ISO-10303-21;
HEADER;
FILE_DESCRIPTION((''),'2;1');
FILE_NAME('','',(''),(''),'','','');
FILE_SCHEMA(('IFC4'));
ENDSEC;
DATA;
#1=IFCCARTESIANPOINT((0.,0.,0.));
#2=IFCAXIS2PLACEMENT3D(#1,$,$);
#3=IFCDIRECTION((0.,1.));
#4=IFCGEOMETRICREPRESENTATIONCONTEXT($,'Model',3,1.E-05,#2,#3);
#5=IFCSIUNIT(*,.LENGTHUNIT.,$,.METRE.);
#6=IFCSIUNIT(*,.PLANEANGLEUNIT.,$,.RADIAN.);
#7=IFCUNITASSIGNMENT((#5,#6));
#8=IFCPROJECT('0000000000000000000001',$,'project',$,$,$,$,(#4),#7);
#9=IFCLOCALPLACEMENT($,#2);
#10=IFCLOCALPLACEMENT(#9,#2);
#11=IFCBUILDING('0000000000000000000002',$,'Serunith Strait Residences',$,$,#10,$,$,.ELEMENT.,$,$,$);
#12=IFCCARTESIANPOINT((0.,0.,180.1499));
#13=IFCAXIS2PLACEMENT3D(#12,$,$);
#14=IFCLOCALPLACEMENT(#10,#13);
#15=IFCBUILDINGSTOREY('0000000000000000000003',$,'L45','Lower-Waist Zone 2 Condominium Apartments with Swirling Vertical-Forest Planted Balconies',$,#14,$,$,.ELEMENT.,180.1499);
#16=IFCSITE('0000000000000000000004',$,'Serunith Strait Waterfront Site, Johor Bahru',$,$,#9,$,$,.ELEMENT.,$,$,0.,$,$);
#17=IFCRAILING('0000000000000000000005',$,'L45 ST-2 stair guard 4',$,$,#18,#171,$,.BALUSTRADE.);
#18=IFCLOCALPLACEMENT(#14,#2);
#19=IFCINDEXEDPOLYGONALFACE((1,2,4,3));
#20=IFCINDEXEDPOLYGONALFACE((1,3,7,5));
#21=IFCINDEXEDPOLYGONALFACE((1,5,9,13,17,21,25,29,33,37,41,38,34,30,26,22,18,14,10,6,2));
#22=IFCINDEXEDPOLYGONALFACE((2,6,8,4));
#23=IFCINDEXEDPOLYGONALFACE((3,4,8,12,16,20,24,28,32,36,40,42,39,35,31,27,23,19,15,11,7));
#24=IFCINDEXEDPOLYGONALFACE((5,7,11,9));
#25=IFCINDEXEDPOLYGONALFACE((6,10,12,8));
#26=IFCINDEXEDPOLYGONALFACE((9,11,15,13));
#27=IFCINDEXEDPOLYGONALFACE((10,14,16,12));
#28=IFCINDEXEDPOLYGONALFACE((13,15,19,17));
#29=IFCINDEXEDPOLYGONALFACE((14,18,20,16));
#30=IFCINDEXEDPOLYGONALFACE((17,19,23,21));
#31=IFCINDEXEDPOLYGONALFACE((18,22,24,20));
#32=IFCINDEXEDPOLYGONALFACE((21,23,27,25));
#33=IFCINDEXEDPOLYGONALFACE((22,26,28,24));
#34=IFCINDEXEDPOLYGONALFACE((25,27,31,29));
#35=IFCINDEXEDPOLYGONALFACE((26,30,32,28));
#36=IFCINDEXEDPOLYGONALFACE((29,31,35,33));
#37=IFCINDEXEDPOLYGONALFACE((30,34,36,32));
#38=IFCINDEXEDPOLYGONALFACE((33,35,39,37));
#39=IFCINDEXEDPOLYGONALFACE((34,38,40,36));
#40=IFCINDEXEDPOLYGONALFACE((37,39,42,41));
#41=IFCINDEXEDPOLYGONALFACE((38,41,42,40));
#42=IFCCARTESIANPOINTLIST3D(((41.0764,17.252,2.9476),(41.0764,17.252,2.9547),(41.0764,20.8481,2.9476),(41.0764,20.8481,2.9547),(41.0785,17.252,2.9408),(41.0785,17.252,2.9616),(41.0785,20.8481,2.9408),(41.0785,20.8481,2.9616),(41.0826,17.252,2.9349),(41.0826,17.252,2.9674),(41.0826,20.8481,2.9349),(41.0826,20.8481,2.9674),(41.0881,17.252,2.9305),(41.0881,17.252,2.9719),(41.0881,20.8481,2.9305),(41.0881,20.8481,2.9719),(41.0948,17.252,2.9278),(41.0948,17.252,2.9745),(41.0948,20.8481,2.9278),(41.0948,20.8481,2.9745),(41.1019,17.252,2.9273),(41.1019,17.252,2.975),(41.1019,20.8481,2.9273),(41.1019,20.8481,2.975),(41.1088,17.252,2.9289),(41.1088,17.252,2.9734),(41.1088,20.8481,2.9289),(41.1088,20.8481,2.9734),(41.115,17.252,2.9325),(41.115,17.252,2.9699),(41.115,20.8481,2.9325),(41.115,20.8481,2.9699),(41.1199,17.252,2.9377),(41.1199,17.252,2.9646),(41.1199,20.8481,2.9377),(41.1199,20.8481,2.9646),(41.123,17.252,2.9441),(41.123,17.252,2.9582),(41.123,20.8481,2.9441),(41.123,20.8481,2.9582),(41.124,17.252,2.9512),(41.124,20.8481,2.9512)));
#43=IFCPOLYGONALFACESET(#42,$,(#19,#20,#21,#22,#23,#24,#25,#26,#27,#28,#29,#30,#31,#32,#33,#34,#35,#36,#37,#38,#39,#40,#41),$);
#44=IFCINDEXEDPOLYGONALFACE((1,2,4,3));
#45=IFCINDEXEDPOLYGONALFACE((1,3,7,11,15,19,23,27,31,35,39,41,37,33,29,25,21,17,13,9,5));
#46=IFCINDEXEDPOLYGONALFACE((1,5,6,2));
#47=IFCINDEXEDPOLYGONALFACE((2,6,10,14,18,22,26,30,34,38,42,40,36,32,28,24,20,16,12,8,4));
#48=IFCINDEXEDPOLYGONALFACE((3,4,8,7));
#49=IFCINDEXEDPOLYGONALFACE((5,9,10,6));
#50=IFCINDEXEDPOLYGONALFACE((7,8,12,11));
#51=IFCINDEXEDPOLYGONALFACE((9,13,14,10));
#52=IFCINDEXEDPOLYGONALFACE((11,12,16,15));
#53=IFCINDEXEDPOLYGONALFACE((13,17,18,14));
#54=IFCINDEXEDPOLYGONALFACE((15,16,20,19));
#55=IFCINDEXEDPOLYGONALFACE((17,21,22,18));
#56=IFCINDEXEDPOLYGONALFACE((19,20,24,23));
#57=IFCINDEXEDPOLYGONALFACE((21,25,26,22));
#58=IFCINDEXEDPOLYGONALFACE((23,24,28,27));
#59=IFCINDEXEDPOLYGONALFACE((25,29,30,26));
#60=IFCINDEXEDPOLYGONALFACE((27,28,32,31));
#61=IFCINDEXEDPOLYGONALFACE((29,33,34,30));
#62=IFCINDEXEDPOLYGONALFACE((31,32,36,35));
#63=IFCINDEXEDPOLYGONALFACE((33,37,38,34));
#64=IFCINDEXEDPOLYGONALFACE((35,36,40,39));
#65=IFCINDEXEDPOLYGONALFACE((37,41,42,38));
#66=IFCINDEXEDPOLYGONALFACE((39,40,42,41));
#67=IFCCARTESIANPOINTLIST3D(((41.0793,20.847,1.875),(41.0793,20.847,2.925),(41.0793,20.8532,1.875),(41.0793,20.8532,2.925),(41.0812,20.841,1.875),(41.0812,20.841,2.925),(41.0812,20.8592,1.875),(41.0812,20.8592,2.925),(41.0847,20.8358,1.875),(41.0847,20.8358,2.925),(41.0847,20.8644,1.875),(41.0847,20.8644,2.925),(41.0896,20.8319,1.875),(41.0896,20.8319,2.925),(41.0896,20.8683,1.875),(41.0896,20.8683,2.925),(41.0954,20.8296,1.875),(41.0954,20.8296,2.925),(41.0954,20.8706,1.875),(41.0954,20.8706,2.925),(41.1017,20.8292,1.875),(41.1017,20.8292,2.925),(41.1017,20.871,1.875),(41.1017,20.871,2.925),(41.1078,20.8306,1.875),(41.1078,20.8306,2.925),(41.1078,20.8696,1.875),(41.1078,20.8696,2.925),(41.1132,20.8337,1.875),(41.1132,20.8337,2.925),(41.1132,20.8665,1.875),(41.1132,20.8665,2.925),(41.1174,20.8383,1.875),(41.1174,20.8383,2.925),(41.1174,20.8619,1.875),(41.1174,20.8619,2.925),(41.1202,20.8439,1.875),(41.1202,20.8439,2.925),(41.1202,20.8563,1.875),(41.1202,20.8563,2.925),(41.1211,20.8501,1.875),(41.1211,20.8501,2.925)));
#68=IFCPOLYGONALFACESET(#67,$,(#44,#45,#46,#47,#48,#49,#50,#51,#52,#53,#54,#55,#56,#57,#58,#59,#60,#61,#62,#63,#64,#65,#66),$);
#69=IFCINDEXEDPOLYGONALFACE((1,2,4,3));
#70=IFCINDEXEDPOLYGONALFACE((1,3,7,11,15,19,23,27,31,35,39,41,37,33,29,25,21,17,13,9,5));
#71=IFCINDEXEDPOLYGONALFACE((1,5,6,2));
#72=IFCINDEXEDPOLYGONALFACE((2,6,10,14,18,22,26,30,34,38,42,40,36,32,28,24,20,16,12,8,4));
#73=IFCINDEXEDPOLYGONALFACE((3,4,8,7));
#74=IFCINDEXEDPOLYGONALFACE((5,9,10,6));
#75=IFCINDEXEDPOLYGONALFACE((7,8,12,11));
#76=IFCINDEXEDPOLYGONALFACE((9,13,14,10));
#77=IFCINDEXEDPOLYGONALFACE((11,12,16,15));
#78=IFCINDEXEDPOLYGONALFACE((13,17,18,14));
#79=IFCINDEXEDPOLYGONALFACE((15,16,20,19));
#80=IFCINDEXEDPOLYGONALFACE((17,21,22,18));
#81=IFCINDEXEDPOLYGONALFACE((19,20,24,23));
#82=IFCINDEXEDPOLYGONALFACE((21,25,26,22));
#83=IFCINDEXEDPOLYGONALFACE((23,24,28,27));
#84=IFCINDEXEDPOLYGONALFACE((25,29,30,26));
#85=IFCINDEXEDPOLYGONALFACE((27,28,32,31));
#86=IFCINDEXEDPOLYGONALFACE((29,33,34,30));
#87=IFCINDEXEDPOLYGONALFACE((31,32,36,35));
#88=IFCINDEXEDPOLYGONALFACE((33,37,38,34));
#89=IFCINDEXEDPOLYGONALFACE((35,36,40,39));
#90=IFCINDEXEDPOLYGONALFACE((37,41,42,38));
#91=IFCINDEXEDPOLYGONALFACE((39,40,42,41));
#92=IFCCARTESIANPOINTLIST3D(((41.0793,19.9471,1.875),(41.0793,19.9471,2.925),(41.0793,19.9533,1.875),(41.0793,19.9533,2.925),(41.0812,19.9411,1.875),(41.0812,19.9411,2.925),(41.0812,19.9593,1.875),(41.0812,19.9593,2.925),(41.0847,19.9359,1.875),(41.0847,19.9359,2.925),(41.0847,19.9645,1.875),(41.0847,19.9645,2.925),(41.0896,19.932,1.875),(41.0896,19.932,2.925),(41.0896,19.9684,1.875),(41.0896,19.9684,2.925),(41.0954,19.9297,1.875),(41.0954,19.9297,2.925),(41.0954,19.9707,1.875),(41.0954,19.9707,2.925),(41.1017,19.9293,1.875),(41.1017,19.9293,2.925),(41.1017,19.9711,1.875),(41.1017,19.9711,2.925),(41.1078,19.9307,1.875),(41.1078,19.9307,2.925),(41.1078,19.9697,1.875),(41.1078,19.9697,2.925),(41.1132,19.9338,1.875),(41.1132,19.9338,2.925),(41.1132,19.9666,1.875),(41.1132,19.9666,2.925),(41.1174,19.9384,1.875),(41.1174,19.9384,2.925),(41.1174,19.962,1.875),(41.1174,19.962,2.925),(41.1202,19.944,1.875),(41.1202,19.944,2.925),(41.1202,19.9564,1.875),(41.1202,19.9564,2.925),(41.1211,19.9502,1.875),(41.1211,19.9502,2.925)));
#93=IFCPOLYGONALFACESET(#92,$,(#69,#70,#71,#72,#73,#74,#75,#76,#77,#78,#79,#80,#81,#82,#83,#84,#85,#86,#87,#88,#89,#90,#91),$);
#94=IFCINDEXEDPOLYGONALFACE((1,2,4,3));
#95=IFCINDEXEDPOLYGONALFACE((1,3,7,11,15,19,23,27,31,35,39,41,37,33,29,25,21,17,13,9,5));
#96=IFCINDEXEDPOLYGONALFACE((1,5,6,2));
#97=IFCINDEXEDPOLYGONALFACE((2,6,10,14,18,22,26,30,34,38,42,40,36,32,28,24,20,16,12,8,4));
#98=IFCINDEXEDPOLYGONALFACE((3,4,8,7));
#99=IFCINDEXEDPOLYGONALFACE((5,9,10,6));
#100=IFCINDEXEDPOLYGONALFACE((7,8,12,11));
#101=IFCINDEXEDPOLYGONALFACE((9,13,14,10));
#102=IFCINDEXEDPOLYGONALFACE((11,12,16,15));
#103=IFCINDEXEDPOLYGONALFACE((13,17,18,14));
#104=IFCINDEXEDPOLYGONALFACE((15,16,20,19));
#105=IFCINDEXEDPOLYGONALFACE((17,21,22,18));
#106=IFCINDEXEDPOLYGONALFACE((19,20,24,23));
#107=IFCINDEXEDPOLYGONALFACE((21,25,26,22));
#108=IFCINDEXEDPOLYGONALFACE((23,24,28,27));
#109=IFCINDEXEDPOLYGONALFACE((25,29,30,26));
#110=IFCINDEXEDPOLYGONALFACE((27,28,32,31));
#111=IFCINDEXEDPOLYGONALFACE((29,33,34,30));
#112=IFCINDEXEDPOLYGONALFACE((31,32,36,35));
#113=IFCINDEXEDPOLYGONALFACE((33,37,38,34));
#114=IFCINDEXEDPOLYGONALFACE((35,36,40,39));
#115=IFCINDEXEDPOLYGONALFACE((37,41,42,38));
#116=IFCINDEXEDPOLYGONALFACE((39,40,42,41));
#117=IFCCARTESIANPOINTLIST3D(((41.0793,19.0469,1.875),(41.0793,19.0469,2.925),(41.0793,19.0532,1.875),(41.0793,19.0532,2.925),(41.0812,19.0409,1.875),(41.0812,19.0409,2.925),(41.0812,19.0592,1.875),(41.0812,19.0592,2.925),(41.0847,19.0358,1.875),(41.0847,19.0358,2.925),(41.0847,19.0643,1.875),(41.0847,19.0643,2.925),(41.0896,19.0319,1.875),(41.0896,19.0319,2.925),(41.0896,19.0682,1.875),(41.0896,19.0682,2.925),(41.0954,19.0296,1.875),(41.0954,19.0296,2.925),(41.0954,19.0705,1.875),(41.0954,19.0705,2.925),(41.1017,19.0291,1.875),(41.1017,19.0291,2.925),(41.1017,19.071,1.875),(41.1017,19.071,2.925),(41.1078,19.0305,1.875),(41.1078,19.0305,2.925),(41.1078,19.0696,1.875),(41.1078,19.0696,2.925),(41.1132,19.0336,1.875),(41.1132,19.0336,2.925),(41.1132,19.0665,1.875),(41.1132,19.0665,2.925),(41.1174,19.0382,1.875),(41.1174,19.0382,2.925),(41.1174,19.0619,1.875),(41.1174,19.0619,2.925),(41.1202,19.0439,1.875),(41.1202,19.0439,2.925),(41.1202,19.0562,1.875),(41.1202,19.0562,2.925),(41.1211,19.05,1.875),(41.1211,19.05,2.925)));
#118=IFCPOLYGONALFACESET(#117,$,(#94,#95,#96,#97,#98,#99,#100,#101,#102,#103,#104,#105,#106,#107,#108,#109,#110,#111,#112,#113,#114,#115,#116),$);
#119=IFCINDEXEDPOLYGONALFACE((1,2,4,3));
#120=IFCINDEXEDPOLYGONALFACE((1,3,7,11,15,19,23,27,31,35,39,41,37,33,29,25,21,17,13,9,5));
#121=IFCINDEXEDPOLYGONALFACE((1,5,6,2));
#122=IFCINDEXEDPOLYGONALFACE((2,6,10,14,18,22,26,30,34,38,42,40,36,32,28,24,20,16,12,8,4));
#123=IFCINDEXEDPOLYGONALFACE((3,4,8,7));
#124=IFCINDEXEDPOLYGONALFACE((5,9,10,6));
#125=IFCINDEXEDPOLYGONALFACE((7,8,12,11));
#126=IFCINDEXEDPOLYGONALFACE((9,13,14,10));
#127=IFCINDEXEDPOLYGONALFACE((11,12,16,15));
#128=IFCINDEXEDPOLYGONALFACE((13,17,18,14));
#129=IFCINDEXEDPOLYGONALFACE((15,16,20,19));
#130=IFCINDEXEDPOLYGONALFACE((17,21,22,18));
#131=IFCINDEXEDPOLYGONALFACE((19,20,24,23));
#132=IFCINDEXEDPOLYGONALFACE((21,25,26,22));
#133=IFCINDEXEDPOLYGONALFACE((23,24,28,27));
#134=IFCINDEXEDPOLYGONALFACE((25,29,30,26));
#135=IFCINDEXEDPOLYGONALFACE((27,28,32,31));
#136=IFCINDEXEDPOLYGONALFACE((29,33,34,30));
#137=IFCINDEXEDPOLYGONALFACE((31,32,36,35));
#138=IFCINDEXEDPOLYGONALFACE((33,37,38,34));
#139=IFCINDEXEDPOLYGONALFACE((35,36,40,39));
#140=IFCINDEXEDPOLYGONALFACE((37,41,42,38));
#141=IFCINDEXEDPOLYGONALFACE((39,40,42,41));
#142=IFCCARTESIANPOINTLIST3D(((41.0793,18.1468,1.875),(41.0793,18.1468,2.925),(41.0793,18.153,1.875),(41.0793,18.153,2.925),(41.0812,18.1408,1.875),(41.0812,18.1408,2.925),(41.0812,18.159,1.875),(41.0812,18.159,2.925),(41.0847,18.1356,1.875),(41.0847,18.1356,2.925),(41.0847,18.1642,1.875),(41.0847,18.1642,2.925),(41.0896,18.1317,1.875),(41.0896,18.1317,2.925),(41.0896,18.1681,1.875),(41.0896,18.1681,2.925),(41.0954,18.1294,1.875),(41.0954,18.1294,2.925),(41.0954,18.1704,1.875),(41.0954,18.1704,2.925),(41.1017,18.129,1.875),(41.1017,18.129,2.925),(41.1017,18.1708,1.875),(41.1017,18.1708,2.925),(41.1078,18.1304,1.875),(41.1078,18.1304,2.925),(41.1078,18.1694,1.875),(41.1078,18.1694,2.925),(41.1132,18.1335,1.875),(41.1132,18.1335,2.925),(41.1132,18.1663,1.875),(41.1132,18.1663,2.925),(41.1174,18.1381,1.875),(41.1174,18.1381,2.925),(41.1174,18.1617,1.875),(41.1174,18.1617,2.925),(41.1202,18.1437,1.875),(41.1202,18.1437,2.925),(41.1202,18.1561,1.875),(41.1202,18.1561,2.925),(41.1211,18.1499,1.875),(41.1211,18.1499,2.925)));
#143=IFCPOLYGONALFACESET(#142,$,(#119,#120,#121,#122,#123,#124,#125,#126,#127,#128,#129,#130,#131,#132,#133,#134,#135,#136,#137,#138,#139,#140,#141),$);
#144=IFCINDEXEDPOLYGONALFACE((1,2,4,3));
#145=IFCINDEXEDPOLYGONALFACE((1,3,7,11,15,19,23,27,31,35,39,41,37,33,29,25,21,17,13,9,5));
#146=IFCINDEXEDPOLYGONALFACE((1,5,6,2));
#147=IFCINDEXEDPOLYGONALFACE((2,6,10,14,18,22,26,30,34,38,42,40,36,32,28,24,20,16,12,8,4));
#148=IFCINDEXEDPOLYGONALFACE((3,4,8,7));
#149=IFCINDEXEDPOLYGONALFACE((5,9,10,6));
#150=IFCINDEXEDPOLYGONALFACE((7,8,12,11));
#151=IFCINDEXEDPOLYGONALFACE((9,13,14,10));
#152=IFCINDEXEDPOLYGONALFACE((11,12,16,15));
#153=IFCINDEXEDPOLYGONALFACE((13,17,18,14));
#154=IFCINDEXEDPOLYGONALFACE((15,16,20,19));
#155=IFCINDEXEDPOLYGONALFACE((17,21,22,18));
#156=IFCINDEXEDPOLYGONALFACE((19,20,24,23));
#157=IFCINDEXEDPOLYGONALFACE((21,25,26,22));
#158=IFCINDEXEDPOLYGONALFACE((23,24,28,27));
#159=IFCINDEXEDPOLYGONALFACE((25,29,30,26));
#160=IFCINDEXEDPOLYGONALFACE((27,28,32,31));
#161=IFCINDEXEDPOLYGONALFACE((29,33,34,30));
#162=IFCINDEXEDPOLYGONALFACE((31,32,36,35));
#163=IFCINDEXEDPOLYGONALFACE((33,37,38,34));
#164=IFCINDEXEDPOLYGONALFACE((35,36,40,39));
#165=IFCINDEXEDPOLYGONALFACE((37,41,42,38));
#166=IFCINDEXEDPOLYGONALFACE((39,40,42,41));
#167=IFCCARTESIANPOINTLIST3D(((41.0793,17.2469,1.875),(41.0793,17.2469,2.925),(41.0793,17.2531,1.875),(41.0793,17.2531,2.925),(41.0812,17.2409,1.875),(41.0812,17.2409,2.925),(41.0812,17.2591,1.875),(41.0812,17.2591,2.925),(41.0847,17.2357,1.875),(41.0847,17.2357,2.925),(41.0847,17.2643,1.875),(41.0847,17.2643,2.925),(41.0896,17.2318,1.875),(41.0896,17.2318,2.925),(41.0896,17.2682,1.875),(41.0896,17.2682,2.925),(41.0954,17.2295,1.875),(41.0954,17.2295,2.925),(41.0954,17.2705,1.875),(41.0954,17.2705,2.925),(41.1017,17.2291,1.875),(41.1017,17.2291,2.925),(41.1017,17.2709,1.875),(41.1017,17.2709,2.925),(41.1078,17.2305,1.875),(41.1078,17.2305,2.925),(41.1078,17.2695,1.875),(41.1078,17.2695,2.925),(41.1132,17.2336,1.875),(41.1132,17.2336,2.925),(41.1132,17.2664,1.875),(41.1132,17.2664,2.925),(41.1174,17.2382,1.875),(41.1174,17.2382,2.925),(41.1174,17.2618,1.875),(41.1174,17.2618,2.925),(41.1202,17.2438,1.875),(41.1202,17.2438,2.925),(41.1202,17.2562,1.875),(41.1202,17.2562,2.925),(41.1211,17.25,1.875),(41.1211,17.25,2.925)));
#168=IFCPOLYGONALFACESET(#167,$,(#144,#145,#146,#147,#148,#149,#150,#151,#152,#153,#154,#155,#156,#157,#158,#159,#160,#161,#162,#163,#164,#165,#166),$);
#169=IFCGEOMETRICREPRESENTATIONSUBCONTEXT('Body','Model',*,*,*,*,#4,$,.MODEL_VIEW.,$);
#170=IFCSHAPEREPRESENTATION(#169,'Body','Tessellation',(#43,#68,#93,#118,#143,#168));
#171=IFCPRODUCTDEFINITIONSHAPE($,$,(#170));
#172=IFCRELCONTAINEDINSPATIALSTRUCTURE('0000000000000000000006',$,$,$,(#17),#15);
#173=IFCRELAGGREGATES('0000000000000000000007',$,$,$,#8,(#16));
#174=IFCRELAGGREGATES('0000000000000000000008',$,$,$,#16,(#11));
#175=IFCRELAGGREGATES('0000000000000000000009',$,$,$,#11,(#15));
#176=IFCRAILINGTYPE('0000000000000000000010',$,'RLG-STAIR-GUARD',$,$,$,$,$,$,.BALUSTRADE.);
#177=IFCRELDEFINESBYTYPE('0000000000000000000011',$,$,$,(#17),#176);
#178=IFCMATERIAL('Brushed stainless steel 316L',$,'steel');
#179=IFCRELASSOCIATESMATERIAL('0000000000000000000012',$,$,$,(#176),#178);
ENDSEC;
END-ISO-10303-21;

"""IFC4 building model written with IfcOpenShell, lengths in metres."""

from ifc_helpers import new_model, si_unit, direction, frame, origin, origin_2d, place, context, subcontext, project, spatial, circle, extrude, material, type_object, element, save


model = new_model("IFC4")

# Units and contexts
model_context = context("Model", 3, precision=1e-05, world=origin(), true_north=direction((0.0, 1.0)))
body_context = subcontext(model_context, "Body", "Model", "MODEL_VIEW")
ifc_project = project(units=[si_unit("LENGTHUNIT", "METRE"), si_unit("PLANEANGLEUNIT", "RADIAN")], contexts=[model_context])

# Site, building, storey
site_placement = place(None, origin())
site = spatial("IfcSite", under=ifc_project, at=site_placement, Name="Serunith Strait Waterfront Site, Johor Bahru", CompositionType="ELEMENT", RefElevation=0.0)
building_placement = place(site_placement, origin())
building = spatial("IfcBuilding", under=site, at=building_placement, Name="Serunith Strait Residences", CompositionType="ELEMENT")
storey_placement = place(building_placement, frame((0.0, 0.0, 180.1499)))
storey = spatial("IfcBuildingStorey", under=building, at=storey_placement, Name="L45", Description="Lower-Waist Zone 2 Condominium Apartments with Swirling Vertical-Forest Planted Balconies", CompositionType="ELEMENT", Elevation=180.1499)

# Railing
ifc_material_1 = material(Name="Brushed stainless steel 316L", Category="steel")
railing_type_1 = type_object("IfcRailingType", Name="RLG-STAIR-GUARD", PredefinedType="BALUSTRADE", material=ifc_material_1)
for number, where, name in (
    (1, (41.1001, 20.8501, 1.875), "L45 ST-2 stair guard 4"),
):
    element("IfcRailing", number, at=place(storey_placement, frame(where)), inside=storey, type_object=railing_type_1, Name=name, PredefinedType="BALUSTRADE", context=body_context, shape_type="SweptSolid", body=[
        extrude(circle(Radius=0.0239, at=origin_2d()), frame((0.0, -0.002, 1.0762), z_axis=(0.0, -1.0, 0.0), x_axis=(1.0, 0.0, 0.0)), (0.0, 0.0, 1.0), 3.5962),
        extrude(circle(Radius=0.021, at=origin_2d()), origin(), (0.0, 0.0, 1.0), 1.05),
        extrude(circle(Radius=0.021, at=origin_2d()), frame((0.0, -0.8999, 0.0)), (0.0, 0.0, 1.0), 1.05),
        extrude(circle(Radius=0.021, at=origin_2d()), frame((0.0, -1.8, 0.0)), (0.0, 0.0, 1.0), 1.05),
        extrude(circle(Radius=0.021, at=origin_2d()), frame((0.0, -2.7002, 0.0)), (0.0, 0.0, 1.0), 1.05),
        extrude(circle(Radius=0.021, at=origin_2d()), frame((0.0, -3.6001, 0.0)), (0.0, 0.0, 1.0), 1.05),
    ])

save(model, "model.ifc")
